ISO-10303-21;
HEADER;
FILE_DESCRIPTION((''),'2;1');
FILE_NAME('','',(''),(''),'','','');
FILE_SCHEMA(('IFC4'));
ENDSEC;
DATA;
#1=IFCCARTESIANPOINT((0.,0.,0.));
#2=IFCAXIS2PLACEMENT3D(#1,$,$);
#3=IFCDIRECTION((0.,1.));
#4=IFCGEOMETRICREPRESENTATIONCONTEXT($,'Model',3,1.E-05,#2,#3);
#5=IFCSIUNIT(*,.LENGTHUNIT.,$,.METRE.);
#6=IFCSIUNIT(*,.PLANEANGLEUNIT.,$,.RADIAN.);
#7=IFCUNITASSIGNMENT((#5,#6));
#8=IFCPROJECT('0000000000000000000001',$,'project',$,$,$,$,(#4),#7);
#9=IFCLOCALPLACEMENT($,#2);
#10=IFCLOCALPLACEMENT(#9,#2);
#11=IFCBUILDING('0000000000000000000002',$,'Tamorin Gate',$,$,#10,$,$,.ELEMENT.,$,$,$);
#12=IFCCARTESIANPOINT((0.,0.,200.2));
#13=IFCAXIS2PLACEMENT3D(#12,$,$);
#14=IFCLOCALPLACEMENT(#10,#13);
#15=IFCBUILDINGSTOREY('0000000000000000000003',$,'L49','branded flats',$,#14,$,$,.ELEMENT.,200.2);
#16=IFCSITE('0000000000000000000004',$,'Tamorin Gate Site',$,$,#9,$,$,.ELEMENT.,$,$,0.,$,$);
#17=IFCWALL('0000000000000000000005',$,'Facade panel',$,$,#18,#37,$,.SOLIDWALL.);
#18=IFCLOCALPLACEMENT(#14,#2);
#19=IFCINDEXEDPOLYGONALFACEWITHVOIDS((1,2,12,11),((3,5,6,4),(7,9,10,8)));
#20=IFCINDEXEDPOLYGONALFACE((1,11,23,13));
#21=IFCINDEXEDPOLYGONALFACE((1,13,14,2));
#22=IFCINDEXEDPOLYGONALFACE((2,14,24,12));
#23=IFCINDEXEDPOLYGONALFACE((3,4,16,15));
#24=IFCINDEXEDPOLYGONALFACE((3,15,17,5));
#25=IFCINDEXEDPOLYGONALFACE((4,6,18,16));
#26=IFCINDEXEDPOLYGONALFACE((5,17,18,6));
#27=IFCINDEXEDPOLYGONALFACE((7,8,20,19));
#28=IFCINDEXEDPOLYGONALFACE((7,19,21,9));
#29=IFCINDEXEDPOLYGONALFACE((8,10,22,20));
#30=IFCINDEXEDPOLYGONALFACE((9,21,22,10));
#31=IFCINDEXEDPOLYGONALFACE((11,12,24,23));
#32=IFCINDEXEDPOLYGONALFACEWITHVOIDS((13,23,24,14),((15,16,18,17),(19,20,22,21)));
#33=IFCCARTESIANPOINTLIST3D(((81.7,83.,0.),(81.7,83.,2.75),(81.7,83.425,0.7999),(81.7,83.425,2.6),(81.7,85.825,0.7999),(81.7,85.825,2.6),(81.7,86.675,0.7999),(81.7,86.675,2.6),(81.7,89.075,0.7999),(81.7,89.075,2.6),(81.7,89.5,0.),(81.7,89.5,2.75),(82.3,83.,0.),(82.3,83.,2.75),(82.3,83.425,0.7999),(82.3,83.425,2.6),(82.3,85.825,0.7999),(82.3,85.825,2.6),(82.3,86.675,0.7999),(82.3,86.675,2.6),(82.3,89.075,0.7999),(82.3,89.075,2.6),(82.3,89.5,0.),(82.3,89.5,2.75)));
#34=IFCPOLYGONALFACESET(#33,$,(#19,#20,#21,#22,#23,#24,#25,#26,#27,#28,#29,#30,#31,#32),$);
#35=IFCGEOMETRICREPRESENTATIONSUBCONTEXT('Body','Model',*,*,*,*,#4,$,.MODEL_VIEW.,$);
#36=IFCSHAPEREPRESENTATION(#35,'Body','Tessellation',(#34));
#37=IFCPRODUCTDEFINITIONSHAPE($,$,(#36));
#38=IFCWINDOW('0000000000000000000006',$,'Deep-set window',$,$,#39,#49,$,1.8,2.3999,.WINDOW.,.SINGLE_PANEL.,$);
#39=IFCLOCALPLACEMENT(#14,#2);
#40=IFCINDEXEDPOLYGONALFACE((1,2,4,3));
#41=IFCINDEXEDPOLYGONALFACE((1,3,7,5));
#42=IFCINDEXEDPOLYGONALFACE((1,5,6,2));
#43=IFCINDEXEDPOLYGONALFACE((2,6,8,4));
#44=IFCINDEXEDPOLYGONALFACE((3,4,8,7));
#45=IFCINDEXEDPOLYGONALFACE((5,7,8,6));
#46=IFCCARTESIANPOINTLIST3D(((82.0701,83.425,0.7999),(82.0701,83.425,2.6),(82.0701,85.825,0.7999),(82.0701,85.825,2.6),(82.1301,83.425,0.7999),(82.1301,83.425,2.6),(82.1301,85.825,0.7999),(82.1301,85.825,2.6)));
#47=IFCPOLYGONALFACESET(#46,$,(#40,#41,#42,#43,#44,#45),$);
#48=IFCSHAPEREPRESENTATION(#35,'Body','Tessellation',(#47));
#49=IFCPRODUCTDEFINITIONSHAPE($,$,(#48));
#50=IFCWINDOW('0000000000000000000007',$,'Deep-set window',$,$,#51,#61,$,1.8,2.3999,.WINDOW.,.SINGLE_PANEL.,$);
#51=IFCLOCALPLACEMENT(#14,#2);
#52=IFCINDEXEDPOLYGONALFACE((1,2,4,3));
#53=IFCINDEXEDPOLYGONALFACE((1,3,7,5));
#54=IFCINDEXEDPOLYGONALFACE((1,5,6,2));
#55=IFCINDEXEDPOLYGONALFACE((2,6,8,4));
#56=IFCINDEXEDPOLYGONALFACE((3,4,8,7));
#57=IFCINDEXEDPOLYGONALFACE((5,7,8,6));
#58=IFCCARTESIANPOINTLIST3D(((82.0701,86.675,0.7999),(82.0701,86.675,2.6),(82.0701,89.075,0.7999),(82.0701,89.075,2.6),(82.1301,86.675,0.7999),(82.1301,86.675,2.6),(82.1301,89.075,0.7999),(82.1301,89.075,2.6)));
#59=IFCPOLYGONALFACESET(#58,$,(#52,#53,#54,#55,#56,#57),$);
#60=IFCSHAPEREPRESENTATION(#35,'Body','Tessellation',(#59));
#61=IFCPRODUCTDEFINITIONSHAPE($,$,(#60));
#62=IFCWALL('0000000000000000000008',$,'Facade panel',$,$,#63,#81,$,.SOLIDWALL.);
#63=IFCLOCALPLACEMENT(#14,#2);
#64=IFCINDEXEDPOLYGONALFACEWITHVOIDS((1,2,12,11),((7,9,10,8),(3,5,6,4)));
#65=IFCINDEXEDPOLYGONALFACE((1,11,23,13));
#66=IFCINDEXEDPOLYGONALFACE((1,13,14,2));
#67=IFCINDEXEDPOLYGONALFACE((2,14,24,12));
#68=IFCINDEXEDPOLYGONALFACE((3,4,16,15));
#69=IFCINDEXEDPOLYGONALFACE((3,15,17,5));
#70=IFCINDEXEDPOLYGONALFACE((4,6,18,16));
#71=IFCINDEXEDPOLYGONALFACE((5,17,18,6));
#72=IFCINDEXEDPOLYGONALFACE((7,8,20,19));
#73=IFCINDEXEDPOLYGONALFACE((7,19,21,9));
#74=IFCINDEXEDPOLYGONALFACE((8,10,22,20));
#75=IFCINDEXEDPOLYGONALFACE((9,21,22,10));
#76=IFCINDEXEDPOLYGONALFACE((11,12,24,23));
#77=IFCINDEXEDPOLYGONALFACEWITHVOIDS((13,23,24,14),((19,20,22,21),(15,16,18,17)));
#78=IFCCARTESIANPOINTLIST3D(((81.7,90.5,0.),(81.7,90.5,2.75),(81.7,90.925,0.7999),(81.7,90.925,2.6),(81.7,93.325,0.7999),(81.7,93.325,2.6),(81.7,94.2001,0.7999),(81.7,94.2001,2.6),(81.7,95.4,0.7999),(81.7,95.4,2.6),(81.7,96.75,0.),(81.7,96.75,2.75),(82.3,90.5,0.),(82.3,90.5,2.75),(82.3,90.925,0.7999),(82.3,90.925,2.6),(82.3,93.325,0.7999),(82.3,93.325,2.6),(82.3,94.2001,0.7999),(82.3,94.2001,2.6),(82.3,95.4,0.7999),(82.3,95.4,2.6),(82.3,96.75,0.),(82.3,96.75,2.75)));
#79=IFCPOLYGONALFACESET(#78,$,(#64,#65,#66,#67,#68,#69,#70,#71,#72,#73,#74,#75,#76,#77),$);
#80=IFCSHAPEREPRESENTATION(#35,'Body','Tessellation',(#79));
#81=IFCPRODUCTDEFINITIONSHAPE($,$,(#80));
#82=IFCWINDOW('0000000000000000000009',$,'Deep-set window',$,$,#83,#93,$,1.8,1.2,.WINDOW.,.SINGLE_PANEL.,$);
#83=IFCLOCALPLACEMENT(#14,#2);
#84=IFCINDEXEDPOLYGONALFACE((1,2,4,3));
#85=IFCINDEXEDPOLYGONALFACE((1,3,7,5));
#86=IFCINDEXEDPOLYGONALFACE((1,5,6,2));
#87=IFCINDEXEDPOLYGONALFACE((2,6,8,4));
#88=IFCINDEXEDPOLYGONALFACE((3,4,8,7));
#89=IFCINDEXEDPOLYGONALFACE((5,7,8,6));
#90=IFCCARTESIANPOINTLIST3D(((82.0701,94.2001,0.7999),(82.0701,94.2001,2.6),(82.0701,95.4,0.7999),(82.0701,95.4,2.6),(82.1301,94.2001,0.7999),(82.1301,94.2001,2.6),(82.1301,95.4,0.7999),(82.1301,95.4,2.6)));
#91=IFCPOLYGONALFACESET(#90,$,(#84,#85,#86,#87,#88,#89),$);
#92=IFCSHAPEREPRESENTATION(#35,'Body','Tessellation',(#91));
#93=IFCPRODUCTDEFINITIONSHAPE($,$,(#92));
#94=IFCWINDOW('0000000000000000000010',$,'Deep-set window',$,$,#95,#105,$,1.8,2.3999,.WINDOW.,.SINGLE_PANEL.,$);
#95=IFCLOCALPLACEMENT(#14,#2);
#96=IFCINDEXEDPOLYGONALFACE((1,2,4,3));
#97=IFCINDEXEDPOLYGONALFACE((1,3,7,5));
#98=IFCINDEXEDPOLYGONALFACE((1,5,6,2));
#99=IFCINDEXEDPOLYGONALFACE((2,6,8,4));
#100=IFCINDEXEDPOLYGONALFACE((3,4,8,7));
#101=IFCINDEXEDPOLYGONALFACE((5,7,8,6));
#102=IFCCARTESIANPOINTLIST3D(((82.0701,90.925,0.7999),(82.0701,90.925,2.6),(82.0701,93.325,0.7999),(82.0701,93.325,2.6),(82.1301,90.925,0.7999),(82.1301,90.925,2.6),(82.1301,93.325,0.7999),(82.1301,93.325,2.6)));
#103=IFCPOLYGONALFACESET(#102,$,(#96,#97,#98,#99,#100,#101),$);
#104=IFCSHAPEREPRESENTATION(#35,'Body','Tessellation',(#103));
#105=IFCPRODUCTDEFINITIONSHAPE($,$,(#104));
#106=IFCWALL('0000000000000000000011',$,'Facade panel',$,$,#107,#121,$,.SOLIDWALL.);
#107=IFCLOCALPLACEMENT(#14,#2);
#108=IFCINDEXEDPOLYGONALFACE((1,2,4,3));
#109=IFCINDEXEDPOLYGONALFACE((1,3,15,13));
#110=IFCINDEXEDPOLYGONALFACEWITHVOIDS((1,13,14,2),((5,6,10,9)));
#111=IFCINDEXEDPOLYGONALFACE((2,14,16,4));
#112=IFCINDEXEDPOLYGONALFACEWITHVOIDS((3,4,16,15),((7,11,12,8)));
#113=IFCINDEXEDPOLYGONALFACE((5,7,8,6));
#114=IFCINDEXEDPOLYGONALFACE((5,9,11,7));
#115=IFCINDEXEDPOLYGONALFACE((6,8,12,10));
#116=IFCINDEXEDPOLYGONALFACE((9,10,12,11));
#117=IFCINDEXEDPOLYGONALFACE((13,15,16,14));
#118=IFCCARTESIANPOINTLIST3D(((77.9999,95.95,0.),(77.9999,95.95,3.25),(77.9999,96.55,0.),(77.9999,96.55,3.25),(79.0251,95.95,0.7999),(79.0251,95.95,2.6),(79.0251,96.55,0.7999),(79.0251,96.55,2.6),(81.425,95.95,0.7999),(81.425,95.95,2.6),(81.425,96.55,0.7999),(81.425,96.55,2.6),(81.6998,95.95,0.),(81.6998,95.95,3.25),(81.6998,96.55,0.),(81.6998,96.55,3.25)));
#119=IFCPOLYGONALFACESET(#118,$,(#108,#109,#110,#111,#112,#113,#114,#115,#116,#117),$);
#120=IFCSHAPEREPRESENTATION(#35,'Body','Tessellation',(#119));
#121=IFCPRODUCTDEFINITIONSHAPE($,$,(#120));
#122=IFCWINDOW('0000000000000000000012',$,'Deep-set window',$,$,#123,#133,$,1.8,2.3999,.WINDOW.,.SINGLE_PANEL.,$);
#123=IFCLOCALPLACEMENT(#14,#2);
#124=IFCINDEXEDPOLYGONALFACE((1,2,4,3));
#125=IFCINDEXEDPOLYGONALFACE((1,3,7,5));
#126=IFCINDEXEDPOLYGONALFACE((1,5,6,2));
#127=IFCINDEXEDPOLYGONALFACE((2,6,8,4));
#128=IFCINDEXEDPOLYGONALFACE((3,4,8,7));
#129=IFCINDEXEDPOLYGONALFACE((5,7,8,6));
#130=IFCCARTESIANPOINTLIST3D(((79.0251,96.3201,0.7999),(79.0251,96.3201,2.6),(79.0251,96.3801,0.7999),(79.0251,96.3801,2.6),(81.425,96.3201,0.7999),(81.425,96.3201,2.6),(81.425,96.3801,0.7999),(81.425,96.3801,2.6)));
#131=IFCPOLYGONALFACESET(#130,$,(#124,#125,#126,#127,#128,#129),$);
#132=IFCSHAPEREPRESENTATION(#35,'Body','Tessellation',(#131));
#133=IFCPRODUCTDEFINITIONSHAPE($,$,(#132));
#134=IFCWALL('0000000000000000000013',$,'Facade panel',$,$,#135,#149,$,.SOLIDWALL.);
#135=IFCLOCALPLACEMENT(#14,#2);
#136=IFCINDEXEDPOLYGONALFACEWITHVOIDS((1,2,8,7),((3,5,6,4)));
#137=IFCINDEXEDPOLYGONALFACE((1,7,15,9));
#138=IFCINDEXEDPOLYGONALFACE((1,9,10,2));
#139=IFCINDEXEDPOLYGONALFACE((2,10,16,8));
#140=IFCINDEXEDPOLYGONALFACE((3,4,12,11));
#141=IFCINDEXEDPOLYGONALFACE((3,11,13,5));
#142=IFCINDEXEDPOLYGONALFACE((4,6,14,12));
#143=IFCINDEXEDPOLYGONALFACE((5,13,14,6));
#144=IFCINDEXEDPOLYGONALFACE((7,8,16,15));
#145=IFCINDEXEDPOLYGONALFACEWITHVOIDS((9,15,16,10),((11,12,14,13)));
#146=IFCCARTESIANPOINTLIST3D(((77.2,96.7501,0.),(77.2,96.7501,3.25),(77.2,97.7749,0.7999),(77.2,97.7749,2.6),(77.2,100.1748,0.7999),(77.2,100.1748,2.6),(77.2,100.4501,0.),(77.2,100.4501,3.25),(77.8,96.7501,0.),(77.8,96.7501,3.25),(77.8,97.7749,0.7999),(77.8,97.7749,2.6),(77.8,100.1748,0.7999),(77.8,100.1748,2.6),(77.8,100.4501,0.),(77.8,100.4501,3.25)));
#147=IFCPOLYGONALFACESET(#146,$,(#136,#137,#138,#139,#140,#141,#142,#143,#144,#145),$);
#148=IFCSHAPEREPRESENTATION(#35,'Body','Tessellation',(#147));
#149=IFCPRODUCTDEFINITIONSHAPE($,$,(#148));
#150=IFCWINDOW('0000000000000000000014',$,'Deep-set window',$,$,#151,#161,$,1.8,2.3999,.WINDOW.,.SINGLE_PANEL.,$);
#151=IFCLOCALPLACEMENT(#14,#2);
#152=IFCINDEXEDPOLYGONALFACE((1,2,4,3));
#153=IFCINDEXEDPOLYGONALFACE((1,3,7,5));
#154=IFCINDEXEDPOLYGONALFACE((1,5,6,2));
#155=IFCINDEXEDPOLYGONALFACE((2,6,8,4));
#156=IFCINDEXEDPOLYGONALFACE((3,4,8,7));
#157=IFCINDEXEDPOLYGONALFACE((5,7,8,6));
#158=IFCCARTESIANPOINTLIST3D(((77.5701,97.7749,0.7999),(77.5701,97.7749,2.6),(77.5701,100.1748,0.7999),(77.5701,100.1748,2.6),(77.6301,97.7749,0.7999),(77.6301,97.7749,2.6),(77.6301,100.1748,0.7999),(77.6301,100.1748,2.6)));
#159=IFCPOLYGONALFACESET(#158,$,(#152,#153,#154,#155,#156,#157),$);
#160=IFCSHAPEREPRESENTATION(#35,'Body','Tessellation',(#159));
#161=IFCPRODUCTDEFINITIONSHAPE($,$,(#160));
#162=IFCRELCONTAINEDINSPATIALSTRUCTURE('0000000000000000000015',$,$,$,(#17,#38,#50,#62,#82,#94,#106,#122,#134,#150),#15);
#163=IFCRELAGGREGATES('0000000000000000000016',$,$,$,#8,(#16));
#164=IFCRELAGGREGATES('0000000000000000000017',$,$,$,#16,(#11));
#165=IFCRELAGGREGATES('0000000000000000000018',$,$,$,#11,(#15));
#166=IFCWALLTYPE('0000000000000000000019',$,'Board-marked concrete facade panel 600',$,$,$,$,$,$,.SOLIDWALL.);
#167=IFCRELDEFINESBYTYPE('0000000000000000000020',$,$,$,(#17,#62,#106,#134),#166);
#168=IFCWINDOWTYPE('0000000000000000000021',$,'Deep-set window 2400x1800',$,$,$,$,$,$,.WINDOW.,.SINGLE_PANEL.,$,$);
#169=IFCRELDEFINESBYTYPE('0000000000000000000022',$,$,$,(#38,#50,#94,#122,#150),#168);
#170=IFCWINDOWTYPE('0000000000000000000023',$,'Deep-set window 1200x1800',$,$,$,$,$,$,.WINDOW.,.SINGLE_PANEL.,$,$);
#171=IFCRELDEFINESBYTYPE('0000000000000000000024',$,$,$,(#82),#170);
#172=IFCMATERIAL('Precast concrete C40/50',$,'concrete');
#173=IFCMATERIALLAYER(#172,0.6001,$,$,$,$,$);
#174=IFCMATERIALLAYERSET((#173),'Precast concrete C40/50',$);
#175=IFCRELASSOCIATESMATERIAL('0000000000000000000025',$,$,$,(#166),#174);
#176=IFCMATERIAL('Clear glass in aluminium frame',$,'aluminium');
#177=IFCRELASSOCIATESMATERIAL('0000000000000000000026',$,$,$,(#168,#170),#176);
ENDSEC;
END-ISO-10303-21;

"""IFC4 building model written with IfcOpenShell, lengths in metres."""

from ifc_helpers import new_model, si_unit, direction, frame, frame_2d, origin, place, context, subcontext, project, spatial, rectangle, extrude, material, layer, layer_set, type_object, element, fill, save


model = new_model("IFC4")

# Units and contexts
model_context = context("Model", 3, precision=1e-05, world=origin(), true_north=direction((0.0, 1.0)))
body_context = subcontext(model_context, "Body", "Model", "MODEL_VIEW")
ifc_project = project(units=[si_unit("LENGTHUNIT", "METRE"), si_unit("PLANEANGLEUNIT", "RADIAN")], contexts=[model_context])

# Site, building, storey
site_placement = place(None, origin())
site = spatial("IfcSite", under=ifc_project, at=site_placement, Name="Tamorin Gate Site", CompositionType="ELEMENT", RefElevation=0.0)
building_placement = place(site_placement, origin())
building = spatial("IfcBuilding", under=site, at=building_placement, Name="Tamorin Gate", CompositionType="ELEMENT")
storey_placement = place(building_placement, frame((0.0, 0.0, 200.2)))
storey = spatial("IfcBuildingStorey", under=building, at=storey_placement, Name="L49", Description="branded flats", CompositionType="ELEMENT", Elevation=200.2)

# Walls, openings, windows
ifc_material_1 = material(Name="Precast concrete C40/50", Category="concrete")
ifc_layer = layer(ifc_material_1, 0.6001)
ifc_layer_set = layer_set([ifc_layer], Name="Precast concrete C40/50")
wall_type = type_object("IfcWallType", Name="Board-marked concrete facade panel 600", PredefinedType="SOLIDWALL", material=ifc_layer_set)
wall_1_placement = place(storey_placement, frame((82.0, 83.0, 0.0), z_axis=(0.0, 0.0, 1.0), x_axis=(0.0, 1.0, 0.0)))
wall_1 = element("IfcWall", 1, at=wall_1_placement, inside=storey, type_object=wall_type, Name="Facade panel", PredefinedType="SOLIDWALL", context=body_context, shape_type="SweptSolid", body=[
    extrude(rectangle(XDim=6.5, YDim=0.6001, at=frame_2d((3.25, 0.0))), origin(), (0.0, 0.0, 1.0), 2.75),
])
opening_1_placement = place(wall_1_placement, frame((0.425, 0.0, 0.8)))
opening_1 = element("IfcOpeningElement", 2, at=opening_1_placement, cuts=wall_1, PredefinedType="OPENING", context=body_context, shape_type="SweptSolid", body=[
    extrude(rectangle(XDim=2.3999, YDim=1.8, at=frame_2d((1.2, 0.8999))), frame((0.0, 0.3101, 0.0), z_axis=(0.0, -1.0, 0.0), x_axis=(1.0, 0.0, 0.0)), (0.0, 0.0, 1.0), 0.6201),
])
opening_2_placement = place(wall_1_placement, frame((3.675, 0.0, 0.8)))
opening_2 = element("IfcOpeningElement", 3, at=opening_2_placement, cuts=wall_1, PredefinedType="OPENING", context=body_context, shape_type="SweptSolid", body=[
    extrude(rectangle(XDim=2.3999, YDim=1.8, at=frame_2d((1.2, 0.8999))), frame((0.0, 0.3101, 0.0), z_axis=(0.0, -1.0, 0.0), x_axis=(1.0, 0.0, 0.0)), (0.0, 0.0, 1.0), 0.6201),
])
ifc_material_2 = material(Name="Clear glass in aluminium frame", Category="aluminium")
window_type_1 = type_object("IfcWindowType", Name="Deep-set window 2400x1800", PartitioningType="SINGLE_PANEL", PredefinedType="WINDOW", material=ifc_material_2)
window_1_placement = place(opening_1_placement, origin())
window_1 = element("IfcWindow", 4, at=window_1_placement, inside=storey, type_object=window_type_1, Name="Deep-set window", OverallHeight=1.8, OverallWidth=2.3999, PartitioningType="SINGLE_PANEL", PredefinedType="WINDOW", context=body_context, shape_type="SweptSolid", body=[
    extrude(rectangle(XDim=2.3999, YDim=1.8, at=frame_2d((1.2, 0.8999))), frame((0.0, -0.0701, 0.0), z_axis=(0.0, -1.0, 0.0), x_axis=(1.0, 0.0, 0.0)), (0.0, 0.0, 1.0), 0.0601),
])
fill(opening_1, window_1)
window_2_placement = place(opening_2_placement, origin())
window_2 = element("IfcWindow", 5, at=window_2_placement, inside=storey, type_object=window_type_1, Name="Deep-set window", OverallHeight=1.8, OverallWidth=2.3999, PartitioningType="SINGLE_PANEL", PredefinedType="WINDOW", context=body_context, shape_type="SweptSolid", body=[
    extrude(rectangle(XDim=2.3999, YDim=1.8, at=frame_2d((1.2, 0.8999))), frame((0.0, -0.0701, 0.0), z_axis=(0.0, -1.0, 0.0), x_axis=(1.0, 0.0, 0.0)), (0.0, 0.0, 1.0), 0.0601),
])
fill(opening_2, window_2)
wall_2_placement = place(storey_placement, frame((82.0, 90.5, 0.0), z_axis=(0.0, 0.0, 1.0), x_axis=(0.0, 1.0, 0.0)))
wall_2 = element("IfcWall", 6, at=wall_2_placement, inside=storey, type_object=wall_type, Name="Facade panel", PredefinedType="SOLIDWALL", context=body_context, shape_type="SweptSolid", body=[
    extrude(rectangle(XDim=6.25, YDim=0.6001, at=frame_2d((3.125, 0.0))), origin(), (0.0, 0.0, 1.0), 2.75),
])
opening_3_placement = place(wall_2_placement, frame((0.425, 0.0, 0.8)))
opening_3 = element("IfcOpeningElement", 7, at=opening_3_placement, cuts=wall_2, PredefinedType="OPENING", context=body_context, shape_type="SweptSolid", body=[
    extrude(rectangle(XDim=2.3999, YDim=1.8, at=frame_2d((1.2, 0.8999))), frame((0.0, 0.3101, 0.0), z_axis=(0.0, -1.0, 0.0), x_axis=(1.0, 0.0, 0.0)), (0.0, 0.0, 1.0), 0.6201),
])
opening_4_placement = place(wall_2_placement, frame((3.7, 0.0, 0.8)))
opening_4 = element("IfcOpeningElement", 8, at=opening_4_placement, cuts=wall_2, PredefinedType="OPENING", context=body_context, shape_type="SweptSolid", body=[
    extrude(rectangle(XDim=1.2, YDim=1.8, at=frame_2d((0.6001, 0.8999))), frame((0.0, 0.3101, 0.0), z_axis=(0.0, -1.0, 0.0), x_axis=(1.0, 0.0, 0.0)), (0.0, 0.0, 1.0), 0.6201),
])
window_type_2 = type_object("IfcWindowType", Name="Deep-set window 1200x1800", PartitioningType="SINGLE_PANEL", PredefinedType="WINDOW", material=ifc_material_2)
window_3_placement = place(opening_4_placement, origin())
window_3 = element("IfcWindow", 9, at=window_3_placement, inside=storey, type_object=window_type_2, Name="Deep-set window", OverallHeight=1.8, OverallWidth=1.2, PartitioningType="SINGLE_PANEL", PredefinedType="WINDOW", context=body_context, shape_type="SweptSolid", body=[
    extrude(rectangle(XDim=1.2, YDim=1.8, at=frame_2d((0.6001, 0.8999))), frame((0.0, -0.0701, 0.0), z_axis=(0.0, -1.0, 0.0), x_axis=(1.0, 0.0, 0.0)), (0.0, 0.0, 1.0), 0.0601),
])
fill(opening_4, window_3)
window_4_placement = place(opening_3_placement, origin())
window_4 = element("IfcWindow", 10, at=window_4_placement, inside=storey, type_object=window_type_1, Name="Deep-set window", OverallHeight=1.8, OverallWidth=2.3999, PartitioningType="SINGLE_PANEL", PredefinedType="WINDOW", context=body_context, shape_type="SweptSolid", body=[
    extrude(rectangle(XDim=2.3999, YDim=1.8, at=frame_2d((1.2, 0.8999))), frame((0.0, -0.0701, 0.0), z_axis=(0.0, -1.0, 0.0), x_axis=(1.0, 0.0, 0.0)), (0.0, 0.0, 1.0), 0.0601),
])
fill(opening_3, window_4)

# Walls, openings, windows
wall_3_placement = place(storey_placement, frame((81.7, 96.25, 0.0), z_axis=(0.0, 0.0, 1.0), x_axis=(-1.0, 0.0, 0.0)))
wall_3 = element("IfcWall", 11, at=wall_3_placement, inside=storey, type_object=wall_type, Name="Facade panel", PredefinedType="SOLIDWALL", context=body_context, shape_type="SweptSolid", body=[
    extrude(rectangle(XDim=3.7, YDim=0.6001, at=frame_2d((1.8501, 0.0))), origin(), (0.0, 0.0, 1.0), 3.25),
])
opening_5_placement = place(wall_3_placement, frame((0.2749, 0.0, 0.8)))
opening_5 = element("IfcOpeningElement", 12, at=opening_5_placement, cuts=wall_3, PredefinedType="OPENING", context=body_context, shape_type="SweptSolid", body=[
    extrude(rectangle(XDim=2.3999, YDim=1.8, at=frame_2d((1.2, 0.8999))), frame((0.0, 0.3101, 0.0), z_axis=(0.0, -1.0, 0.0), x_axis=(1.0, 0.0, 0.0)), (0.0, 0.0, 1.0), 0.6201),
])
window_5_placement = place(opening_5_placement, origin())
window_5 = element("IfcWindow", 13, at=window_5_placement, inside=storey, type_object=window_type_1, Name="Deep-set window", OverallHeight=1.8, OverallWidth=2.3999, PartitioningType="SINGLE_PANEL", PredefinedType="WINDOW", context=body_context, shape_type="SweptSolid", body=[
    extrude(rectangle(XDim=2.3999, YDim=1.8, at=frame_2d((1.2, 0.8999))), frame((0.0, -0.0701, 0.0), z_axis=(0.0, -1.0, 0.0), x_axis=(1.0, 0.0, 0.0)), (0.0, 0.0, 1.0), 0.0601),
])
fill(opening_5, window_5)
wall_4_placement = place(storey_placement, frame((77.5, 96.75, 0.0), z_axis=(0.0, 0.0, 1.0), x_axis=(0.0, 1.0, 0.0)))
wall_4 = element("IfcWall", 14, at=wall_4_placement, inside=storey, type_object=wall_type, Name="Facade panel", PredefinedType="SOLIDWALL", context=body_context, shape_type="SweptSolid", body=[
    extrude(rectangle(XDim=3.7, YDim=0.6001, at=frame_2d((1.8501, 0.0))), origin(), (0.0, 0.0, 1.0), 3.25),
])
opening_6_placement = place(wall_4_placement, frame((1.0249, 0.0, 0.8)))
opening_6 = element("IfcOpeningElement", 15, at=opening_6_placement, cuts=wall_4, PredefinedType="OPENING", context=body_context, shape_type="SweptSolid", body=[
    extrude(rectangle(XDim=2.3999, YDim=1.8, at=frame_2d((1.2, 0.8999))), frame((0.0, 0.3101, 0.0), z_axis=(0.0, -1.0, 0.0), x_axis=(1.0, 0.0, 0.0)), (0.0, 0.0, 1.0), 0.6201),
])
window_6_placement = place(opening_6_placement, origin())
window_6 = element("IfcWindow", 16, at=window_6_placement, inside=storey, type_object=window_type_1, Name="Deep-set window", OverallHeight=1.8, OverallWidth=2.3999, PartitioningType="SINGLE_PANEL", PredefinedType="WINDOW", context=body_context, shape_type="SweptSolid", body=[
    extrude(rectangle(XDim=2.3999, YDim=1.8, at=frame_2d((1.2, 0.8999))), frame((0.0, -0.0701, 0.0), z_axis=(0.0, -1.0, 0.0), x_axis=(1.0, 0.0, 0.0)), (0.0, 0.0, 1.0), 0.0601),
])
fill(opening_6, window_6)

save(model, "model.ifc")
